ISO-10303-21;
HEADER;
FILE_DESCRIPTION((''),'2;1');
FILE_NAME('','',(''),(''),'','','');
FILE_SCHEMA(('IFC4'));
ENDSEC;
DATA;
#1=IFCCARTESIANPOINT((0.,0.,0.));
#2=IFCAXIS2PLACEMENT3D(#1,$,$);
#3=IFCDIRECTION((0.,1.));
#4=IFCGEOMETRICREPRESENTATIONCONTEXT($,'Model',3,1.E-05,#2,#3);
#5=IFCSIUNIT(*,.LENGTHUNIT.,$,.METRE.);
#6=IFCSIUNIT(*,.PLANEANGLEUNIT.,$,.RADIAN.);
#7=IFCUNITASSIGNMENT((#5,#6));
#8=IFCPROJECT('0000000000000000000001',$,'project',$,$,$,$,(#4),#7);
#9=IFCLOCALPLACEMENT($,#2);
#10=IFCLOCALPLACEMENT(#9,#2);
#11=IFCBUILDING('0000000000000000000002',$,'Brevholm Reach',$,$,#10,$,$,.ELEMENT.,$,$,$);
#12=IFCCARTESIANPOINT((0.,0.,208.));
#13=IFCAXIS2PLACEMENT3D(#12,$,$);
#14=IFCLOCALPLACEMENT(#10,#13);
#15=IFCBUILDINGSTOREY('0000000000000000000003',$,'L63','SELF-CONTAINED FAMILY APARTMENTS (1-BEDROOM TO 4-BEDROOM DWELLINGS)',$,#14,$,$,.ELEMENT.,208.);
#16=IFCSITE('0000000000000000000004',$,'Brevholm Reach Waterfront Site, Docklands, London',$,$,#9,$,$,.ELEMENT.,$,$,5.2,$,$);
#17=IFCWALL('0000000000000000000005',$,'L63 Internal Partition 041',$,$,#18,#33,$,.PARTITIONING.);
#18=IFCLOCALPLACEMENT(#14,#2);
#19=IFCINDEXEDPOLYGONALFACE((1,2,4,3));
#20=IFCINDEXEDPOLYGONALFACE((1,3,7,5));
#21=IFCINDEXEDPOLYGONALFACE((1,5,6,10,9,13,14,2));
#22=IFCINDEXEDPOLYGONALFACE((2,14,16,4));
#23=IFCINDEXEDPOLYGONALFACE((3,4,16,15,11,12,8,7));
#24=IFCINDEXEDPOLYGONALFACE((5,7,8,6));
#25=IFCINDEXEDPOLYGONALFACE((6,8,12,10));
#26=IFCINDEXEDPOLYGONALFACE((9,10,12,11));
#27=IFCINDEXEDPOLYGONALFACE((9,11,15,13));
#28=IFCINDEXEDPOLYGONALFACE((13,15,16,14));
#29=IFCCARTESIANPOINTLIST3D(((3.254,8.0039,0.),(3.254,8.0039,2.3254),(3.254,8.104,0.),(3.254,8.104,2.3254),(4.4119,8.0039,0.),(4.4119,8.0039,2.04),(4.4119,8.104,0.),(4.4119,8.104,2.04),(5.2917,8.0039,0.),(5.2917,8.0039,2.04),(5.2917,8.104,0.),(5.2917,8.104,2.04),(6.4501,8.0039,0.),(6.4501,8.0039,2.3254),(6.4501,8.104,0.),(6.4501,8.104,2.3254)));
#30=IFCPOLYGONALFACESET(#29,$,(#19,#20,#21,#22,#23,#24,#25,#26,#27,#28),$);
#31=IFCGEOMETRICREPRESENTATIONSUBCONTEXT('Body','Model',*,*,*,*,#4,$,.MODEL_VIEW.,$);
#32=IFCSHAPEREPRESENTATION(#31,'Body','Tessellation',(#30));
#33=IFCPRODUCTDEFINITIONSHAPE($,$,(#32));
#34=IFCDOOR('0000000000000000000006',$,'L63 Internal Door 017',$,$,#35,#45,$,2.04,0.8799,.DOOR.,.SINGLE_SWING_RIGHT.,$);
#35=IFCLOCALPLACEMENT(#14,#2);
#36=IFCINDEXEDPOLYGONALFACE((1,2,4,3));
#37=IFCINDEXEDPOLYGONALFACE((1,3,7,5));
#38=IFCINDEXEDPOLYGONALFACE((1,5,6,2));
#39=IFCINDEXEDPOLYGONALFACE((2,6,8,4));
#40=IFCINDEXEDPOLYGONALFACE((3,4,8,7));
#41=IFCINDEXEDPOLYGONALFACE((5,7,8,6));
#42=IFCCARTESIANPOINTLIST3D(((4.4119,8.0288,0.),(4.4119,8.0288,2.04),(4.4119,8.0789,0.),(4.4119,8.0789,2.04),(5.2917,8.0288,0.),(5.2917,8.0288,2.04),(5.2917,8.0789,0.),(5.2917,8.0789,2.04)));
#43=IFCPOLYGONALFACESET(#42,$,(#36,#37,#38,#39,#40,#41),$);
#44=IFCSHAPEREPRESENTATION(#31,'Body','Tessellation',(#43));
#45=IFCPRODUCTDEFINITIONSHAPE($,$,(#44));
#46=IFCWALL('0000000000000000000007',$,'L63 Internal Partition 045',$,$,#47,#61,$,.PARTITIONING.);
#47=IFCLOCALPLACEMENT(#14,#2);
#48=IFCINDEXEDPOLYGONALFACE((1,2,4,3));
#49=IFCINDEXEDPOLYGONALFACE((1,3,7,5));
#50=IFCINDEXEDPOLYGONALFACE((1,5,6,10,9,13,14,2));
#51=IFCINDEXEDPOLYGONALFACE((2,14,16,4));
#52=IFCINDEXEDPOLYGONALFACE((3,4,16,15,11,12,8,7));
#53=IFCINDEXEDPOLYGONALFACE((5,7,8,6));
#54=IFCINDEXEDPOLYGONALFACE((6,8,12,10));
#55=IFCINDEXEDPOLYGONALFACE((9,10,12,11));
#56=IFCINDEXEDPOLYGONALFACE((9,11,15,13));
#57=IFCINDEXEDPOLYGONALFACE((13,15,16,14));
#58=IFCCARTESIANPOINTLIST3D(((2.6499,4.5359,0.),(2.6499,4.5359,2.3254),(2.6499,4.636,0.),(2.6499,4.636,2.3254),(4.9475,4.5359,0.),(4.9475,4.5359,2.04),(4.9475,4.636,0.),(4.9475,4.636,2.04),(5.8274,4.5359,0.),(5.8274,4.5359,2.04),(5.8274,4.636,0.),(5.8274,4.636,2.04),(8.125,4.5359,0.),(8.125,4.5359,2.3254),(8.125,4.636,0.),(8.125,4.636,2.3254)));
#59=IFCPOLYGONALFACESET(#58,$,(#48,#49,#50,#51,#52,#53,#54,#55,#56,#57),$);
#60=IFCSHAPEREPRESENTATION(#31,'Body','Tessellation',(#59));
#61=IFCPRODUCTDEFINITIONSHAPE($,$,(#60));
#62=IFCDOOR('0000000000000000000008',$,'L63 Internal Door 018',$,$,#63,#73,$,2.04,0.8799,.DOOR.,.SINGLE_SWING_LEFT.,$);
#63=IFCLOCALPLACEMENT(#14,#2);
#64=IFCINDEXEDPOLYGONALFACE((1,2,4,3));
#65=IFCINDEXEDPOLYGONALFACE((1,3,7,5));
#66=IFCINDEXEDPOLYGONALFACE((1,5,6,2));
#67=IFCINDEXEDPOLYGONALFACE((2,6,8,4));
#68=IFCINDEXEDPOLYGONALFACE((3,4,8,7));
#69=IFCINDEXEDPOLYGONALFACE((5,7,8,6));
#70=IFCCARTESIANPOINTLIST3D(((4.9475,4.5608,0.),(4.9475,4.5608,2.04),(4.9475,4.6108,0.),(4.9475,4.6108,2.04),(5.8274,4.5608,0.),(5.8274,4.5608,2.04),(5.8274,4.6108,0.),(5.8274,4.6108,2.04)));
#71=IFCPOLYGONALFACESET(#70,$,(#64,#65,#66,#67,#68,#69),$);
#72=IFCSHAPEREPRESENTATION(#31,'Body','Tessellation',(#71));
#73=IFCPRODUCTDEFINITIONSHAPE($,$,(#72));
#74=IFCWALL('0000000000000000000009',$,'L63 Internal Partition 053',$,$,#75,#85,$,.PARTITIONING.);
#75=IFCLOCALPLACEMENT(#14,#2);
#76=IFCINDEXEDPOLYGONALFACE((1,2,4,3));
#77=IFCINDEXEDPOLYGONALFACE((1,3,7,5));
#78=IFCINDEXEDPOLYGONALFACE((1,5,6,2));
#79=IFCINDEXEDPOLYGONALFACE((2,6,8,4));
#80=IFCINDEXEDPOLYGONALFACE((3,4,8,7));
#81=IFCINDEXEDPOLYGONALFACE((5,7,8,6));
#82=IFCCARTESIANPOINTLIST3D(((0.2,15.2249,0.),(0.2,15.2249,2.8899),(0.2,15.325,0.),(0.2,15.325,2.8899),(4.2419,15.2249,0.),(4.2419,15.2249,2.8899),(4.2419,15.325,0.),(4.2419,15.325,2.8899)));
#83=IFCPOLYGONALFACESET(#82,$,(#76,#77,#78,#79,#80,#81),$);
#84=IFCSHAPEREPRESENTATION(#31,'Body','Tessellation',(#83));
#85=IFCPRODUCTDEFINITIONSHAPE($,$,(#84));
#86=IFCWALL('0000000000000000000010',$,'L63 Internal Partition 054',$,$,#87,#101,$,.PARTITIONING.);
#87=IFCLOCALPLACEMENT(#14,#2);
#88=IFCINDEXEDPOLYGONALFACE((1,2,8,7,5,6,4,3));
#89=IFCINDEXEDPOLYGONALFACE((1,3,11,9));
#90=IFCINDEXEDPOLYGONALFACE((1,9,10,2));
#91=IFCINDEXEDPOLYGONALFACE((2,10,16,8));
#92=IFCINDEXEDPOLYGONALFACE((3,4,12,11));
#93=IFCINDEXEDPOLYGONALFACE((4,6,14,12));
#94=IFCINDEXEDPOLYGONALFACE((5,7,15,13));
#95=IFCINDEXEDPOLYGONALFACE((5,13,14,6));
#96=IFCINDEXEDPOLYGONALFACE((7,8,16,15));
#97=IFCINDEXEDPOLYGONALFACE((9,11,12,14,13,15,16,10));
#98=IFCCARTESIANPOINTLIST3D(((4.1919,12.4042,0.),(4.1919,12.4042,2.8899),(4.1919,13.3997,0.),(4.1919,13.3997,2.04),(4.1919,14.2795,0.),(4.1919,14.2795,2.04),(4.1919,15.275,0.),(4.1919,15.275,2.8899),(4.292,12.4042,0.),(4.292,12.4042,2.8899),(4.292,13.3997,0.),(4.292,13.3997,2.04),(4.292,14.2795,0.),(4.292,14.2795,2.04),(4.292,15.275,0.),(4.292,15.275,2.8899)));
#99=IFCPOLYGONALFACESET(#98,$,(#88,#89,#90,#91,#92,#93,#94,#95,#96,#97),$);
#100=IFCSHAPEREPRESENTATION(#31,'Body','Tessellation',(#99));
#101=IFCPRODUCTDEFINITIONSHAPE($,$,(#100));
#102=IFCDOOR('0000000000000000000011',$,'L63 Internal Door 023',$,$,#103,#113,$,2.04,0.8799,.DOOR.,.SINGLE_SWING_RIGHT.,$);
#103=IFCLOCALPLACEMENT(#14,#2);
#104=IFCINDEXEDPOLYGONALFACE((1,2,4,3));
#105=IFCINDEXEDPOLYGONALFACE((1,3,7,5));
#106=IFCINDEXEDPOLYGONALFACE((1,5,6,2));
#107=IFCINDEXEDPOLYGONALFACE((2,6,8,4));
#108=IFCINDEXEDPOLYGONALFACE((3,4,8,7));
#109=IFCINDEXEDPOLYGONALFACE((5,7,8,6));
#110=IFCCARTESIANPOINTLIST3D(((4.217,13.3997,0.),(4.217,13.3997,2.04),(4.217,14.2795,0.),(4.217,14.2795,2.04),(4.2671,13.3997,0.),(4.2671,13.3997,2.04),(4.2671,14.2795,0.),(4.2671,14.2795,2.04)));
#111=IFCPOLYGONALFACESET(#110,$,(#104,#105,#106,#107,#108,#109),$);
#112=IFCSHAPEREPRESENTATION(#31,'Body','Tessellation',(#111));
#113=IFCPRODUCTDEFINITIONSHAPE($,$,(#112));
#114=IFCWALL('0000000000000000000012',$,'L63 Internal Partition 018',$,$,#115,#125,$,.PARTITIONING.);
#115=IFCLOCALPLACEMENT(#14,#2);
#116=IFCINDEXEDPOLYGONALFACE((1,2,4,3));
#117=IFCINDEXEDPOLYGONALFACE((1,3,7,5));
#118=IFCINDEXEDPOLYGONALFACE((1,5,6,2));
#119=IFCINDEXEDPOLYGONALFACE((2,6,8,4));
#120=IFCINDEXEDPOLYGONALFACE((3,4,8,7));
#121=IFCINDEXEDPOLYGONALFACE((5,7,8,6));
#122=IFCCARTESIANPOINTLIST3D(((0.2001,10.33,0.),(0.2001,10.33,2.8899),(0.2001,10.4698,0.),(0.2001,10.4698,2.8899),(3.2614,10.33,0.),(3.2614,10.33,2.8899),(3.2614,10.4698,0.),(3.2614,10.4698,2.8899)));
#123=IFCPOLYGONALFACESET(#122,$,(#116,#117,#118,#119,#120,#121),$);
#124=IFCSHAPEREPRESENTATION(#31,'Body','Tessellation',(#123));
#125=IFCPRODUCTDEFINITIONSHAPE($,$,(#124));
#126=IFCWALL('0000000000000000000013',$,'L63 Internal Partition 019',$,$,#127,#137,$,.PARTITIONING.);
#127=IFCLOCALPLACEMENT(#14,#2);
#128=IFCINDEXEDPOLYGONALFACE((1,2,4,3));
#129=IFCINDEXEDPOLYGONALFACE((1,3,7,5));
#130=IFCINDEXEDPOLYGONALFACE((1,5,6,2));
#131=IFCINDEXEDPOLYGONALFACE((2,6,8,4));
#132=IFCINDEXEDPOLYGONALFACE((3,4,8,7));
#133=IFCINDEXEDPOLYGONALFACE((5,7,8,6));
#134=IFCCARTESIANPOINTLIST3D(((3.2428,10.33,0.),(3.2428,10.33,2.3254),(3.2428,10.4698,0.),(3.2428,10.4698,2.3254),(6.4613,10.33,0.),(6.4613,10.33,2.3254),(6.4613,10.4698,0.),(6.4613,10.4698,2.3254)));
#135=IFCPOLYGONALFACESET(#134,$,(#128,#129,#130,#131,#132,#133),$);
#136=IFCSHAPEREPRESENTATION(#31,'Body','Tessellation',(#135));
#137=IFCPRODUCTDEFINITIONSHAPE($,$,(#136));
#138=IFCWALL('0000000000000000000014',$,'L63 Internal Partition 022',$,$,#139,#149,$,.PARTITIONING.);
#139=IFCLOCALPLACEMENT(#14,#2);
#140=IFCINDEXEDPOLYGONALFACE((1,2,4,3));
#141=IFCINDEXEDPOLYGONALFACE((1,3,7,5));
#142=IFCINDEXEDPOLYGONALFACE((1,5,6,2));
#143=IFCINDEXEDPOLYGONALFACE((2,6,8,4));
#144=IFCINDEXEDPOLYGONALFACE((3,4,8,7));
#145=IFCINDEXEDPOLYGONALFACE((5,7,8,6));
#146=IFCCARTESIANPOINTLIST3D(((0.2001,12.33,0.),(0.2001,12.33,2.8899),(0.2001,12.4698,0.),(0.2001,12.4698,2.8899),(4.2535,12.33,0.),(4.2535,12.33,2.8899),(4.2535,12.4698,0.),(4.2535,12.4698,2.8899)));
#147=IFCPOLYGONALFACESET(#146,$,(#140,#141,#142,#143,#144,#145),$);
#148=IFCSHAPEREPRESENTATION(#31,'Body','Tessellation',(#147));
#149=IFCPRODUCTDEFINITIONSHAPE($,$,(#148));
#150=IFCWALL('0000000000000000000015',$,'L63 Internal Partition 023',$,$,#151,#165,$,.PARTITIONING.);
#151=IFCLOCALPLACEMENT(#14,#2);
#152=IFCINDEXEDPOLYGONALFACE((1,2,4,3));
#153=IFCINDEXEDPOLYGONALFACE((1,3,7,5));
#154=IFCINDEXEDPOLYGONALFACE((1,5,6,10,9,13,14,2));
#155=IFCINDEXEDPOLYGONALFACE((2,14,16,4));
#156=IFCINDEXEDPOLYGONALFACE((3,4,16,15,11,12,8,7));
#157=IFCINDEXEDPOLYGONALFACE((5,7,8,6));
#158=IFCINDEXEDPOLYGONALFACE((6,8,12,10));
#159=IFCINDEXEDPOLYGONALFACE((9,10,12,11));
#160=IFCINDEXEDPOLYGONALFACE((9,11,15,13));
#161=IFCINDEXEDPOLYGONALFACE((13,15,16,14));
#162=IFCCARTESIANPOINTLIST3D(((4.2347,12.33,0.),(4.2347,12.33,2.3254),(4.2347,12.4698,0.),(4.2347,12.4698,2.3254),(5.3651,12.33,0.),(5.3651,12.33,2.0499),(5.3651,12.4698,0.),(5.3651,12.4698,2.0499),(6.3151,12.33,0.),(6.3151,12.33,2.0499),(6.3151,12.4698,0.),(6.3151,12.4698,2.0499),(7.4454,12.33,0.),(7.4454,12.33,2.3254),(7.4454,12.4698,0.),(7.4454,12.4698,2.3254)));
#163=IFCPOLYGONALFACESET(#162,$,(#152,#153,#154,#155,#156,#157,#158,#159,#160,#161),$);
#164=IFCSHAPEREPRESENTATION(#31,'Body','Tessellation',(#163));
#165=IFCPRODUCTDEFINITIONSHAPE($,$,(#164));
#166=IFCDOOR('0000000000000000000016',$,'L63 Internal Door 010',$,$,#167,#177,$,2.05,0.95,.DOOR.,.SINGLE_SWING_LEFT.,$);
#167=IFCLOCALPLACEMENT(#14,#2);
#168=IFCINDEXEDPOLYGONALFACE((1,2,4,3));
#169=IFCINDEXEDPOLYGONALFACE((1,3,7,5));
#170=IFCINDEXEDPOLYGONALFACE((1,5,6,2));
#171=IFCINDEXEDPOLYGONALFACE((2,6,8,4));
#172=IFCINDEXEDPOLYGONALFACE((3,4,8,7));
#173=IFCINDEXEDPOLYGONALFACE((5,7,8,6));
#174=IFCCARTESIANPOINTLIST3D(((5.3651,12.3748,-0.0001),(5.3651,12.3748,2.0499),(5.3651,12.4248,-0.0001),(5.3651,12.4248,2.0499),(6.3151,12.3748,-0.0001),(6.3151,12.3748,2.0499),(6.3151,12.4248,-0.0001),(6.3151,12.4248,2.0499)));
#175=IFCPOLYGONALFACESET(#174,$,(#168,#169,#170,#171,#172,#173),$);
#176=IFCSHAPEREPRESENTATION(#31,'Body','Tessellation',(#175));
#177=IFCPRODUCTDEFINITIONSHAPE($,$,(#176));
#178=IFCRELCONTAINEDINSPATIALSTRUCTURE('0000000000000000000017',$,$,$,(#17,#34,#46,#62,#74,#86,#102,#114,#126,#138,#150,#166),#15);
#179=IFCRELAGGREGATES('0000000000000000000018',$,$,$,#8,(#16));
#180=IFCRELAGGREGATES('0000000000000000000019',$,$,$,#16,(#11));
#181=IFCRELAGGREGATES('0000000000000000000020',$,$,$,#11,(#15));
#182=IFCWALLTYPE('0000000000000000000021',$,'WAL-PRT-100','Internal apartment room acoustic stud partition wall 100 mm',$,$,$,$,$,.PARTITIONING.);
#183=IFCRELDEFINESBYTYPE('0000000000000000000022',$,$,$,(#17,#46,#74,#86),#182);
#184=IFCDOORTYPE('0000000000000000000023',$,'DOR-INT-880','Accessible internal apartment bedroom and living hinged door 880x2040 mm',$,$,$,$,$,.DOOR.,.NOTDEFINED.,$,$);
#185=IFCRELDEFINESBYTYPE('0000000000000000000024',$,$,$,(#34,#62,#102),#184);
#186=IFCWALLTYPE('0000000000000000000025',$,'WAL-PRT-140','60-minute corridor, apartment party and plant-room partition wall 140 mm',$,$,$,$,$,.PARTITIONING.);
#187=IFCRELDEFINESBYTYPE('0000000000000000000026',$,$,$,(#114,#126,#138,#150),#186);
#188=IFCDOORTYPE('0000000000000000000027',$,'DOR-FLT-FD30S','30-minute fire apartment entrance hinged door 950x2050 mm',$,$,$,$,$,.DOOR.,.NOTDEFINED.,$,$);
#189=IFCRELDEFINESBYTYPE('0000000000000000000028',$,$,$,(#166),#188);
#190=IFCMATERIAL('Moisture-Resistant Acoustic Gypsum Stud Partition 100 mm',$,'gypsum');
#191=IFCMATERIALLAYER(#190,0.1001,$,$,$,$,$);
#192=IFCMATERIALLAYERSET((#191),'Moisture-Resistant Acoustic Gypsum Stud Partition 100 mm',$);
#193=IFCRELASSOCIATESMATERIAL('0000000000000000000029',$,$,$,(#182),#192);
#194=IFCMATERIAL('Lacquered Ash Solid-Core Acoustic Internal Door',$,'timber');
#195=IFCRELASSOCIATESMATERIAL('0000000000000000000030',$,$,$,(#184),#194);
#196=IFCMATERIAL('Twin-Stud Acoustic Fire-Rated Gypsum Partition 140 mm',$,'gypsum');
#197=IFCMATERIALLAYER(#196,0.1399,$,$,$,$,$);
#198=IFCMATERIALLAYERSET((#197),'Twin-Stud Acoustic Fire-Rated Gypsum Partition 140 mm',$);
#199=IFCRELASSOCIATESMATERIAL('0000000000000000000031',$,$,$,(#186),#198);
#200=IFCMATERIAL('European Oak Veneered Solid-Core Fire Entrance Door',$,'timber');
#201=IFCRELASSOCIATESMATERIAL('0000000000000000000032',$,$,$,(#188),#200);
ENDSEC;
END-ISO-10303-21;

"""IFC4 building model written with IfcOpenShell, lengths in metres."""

from ifc_helpers import new_model, si_unit, direction, frame, frame_2d, origin, place, context, subcontext, project, spatial, rectangle, extrude, material, layer, layer_set, type_object, element, fill, save


model = new_model("IFC4")

# Units and contexts
model_context = context("Model", 3, precision=1e-05, world=origin(), true_north=direction((0.0, 1.0)))
body_context = subcontext(model_context, "Body", "Model", "MODEL_VIEW")
ifc_project = project(units=[si_unit("LENGTHUNIT", "METRE"), si_unit("PLANEANGLEUNIT", "RADIAN")], contexts=[model_context])

# Site, building, storey
site_placement = place(None, origin())
site = spatial("IfcSite", under=ifc_project, at=site_placement, Name="Brevholm Reach Waterfront Site, Docklands, London", CompositionType="ELEMENT", RefElevation=5.2)
building_placement = place(site_placement, origin())
building = spatial("IfcBuilding", under=site, at=building_placement, Name="Brevholm Reach", CompositionType="ELEMENT")
storey_placement = place(building_placement, frame((0.0, 0.0, 208.0)))
storey = spatial("IfcBuildingStorey", under=building, at=storey_placement, Name="L63", Description="SELF-CONTAINED FAMILY APARTMENTS (1-BEDROOM TO 4-BEDROOM DWELLINGS)", CompositionType="ELEMENT", Elevation=208.0)

# Shared definitions
ifc_material_1 = material(Name="Moisture-Resistant Acoustic Gypsum Stud Partition 100 mm", Category="gypsum")
ifc_layer_1 = layer(ifc_material_1, 0.1001)
ifc_layer_set_1 = layer_set([ifc_layer_1], Name="Moisture-Resistant Acoustic Gypsum Stud Partition 100 mm")
wall_type_1 = type_object("IfcWallType", Name="WAL-PRT-100", Description="Internal apartment room acoustic stud partition wall 100 mm", PredefinedType="PARTITIONING", material=ifc_layer_set_1)

# Walls, openings, doors
wall_1_placement = place(storey_placement, frame((3.2539, 8.054, 0.0), z_axis=(0.0, 0.0, 1.0), x_axis=(1.0, 0.0, 0.0)))
wall_1 = element("IfcWall", 1, at=wall_1_placement, inside=storey, type_object=wall_type_1, Name="L63 Internal Partition 041", PredefinedType="PARTITIONING", context=body_context, shape_type="SweptSolid", body=[
    extrude(rectangle(XDim=3.196, YDim=0.1001, at=frame_2d((1.5981, 0.0))), origin(), (0.0, 0.0, 1.0), 2.3254),
])
opening_1_placement = place(wall_1_placement, frame((1.158, 0.0, 0.0)))
opening_1 = element("IfcOpeningElement", 2, at=opening_1_placement, cuts=wall_1, PredefinedType="OPENING", context=body_context, shape_type="SweptSolid", body=[
    extrude(rectangle(XDim=0.8799, YDim=2.04, at=frame_2d((0.4399, 1.02))), frame((0.0, 0.0601, 0.0), z_axis=(0.0, -1.0, 0.0), x_axis=(1.0, 0.0, 0.0)), (0.0, 0.0, 1.0), 0.1201),
])
ifc_material_2 = material(Name="Lacquered Ash Solid-Core Acoustic Internal Door", Category="timber")
door_type_1 = type_object("IfcDoorType", Name="DOR-INT-880", Description="Accessible internal apartment bedroom and living hinged door 880x2040 mm", OperationType="NOTDEFINED", PredefinedType="DOOR", material=ifc_material_2)
door_1_placement = place(opening_1_placement, origin())
door_1 = element("IfcDoor", 3, at=door_1_placement, inside=storey, type_object=door_type_1, Name="L63 Internal Door 017", OperationType="SINGLE_SWING_RIGHT", OverallHeight=2.04, OverallWidth=0.8799, PredefinedType="DOOR", context=body_context, shape_type="SweptSolid", body=[
    extrude(rectangle(XDim=0.8799, YDim=2.04, at=frame_2d((0.4399, 1.02))), frame((0.0, 0.0249, 0.0), z_axis=(0.0, -1.0, 0.0), x_axis=(1.0, 0.0, 0.0)), (0.0, 0.0, 1.0), 0.05),
])
fill(opening_1, door_1)
wall_2_placement = place(storey_placement, frame((2.6499, 4.5859, 0.0), z_axis=(0.0, 0.0, 1.0), x_axis=(1.0, 0.0, 0.0)))
wall_2 = element("IfcWall", 4, at=wall_2_placement, inside=storey, type_object=wall_type_1, Name="L63 Internal Partition 045", PredefinedType="PARTITIONING", context=body_context, shape_type="SweptSolid", body=[
    extrude(rectangle(XDim=5.4751, YDim=0.1001, at=frame_2d((2.7375, 0.0))), origin(), (0.0, 0.0, 1.0), 2.3254),
])
opening_2_placement = place(wall_2_placement, frame((2.2976, 0.0, 0.0)))
opening_2 = element("IfcOpeningElement", 5, at=opening_2_placement, cuts=wall_2, PredefinedType="OPENING", context=body_context, shape_type="SweptSolid", body=[
    extrude(rectangle(XDim=0.8799, YDim=2.04, at=frame_2d((0.4399, 1.02))), frame((0.0, 0.0601, 0.0), z_axis=(0.0, -1.0, 0.0), x_axis=(1.0, 0.0, 0.0)), (0.0, 0.0, 1.0), 0.1201),
])
door_2_placement = place(opening_2_placement, origin())
door_2 = element("IfcDoor", 6, at=door_2_placement, inside=storey, type_object=door_type_1, Name="L63 Internal Door 018", OperationType="SINGLE_SWING_LEFT", OverallHeight=2.04, OverallWidth=0.8799, PredefinedType="DOOR", context=body_context, shape_type="SweptSolid", body=[
    extrude(rectangle(XDim=0.8799, YDim=2.04, at=frame_2d((0.4399, 1.02))), frame((0.0, 0.0249, 0.0), z_axis=(0.0, -1.0, 0.0), x_axis=(1.0, 0.0, 0.0)), (0.0, 0.0, 1.0), 0.05),
])
fill(opening_2, door_2)

# Wall
wall_3_placement = place(storey_placement, frame((0.2, 15.2749, 0.0), z_axis=(0.0, 0.0, 1.0), x_axis=(1.0, 0.0, 0.0)))
element("IfcWall", 7, at=wall_3_placement, inside=storey, type_object=wall_type_1, Name="L63 Internal Partition 053", PredefinedType="PARTITIONING", context=body_context, shape_type="SweptSolid", body=[
    extrude(rectangle(XDim=4.042, YDim=0.1001, at=frame_2d((2.021, 0.0))), origin(), (0.0, 0.0, 1.0), 2.8899),
])

# Wall, opening, door
wall_4_placement = place(storey_placement, frame((4.2419, 12.4041, 0.0), z_axis=(0.0, 0.0, 1.0), x_axis=(0.0, 1.0, 0.0)))
wall_4 = element("IfcWall", 8, at=wall_4_placement, inside=storey, type_object=wall_type_1, Name="L63 Internal Partition 054", PredefinedType="PARTITIONING", context=body_context, shape_type="SweptSolid", body=[
    extrude(rectangle(XDim=2.8708, YDim=0.1001, at=frame_2d((1.4355, 0.0))), origin(), (0.0, 0.0, 1.0), 2.8899),
])
opening_3_placement = place(wall_4_placement, frame((0.9956, 0.0, 0.0)))
opening_3 = element("IfcOpeningElement", 9, at=opening_3_placement, cuts=wall_4, PredefinedType="OPENING", context=body_context, shape_type="SweptSolid", body=[
    extrude(rectangle(XDim=0.8799, YDim=2.04, at=frame_2d((0.4399, 1.02))), frame((0.0, 0.0601, 0.0), z_axis=(0.0, -1.0, 0.0), x_axis=(1.0, 0.0, 0.0)), (0.0, 0.0, 1.0), 0.1201),
])
door_3_placement = place(opening_3_placement, origin())
door_3 = element("IfcDoor", 10, at=door_3_placement, inside=storey, type_object=door_type_1, Name="L63 Internal Door 023", OperationType="SINGLE_SWING_RIGHT", OverallHeight=2.04, OverallWidth=0.8799, PredefinedType="DOOR", context=body_context, shape_type="SweptSolid", body=[
    extrude(rectangle(XDim=0.8799, YDim=2.04, at=frame_2d((0.4399, 1.02))), frame((0.0, 0.0249, 0.0), z_axis=(0.0, -1.0, 0.0), x_axis=(1.0, 0.0, 0.0)), (0.0, 0.0, 1.0), 0.05),
])
fill(opening_3, door_3)

# Walls
ifc_material_3 = material(Name="Twin-Stud Acoustic Fire-Rated Gypsum Partition 140 mm", Category="gypsum")
ifc_layer_2 = layer(ifc_material_3, 0.1399)
ifc_layer_set_2 = layer_set([ifc_layer_2], Name="Twin-Stud Acoustic Fire-Rated Gypsum Partition 140 mm")
wall_type_2 = type_object("IfcWallType", Name="WAL-PRT-140", Description="60-minute corridor, apartment party and plant-room partition wall 140 mm", PredefinedType="PARTITIONING", material=ifc_layer_set_2)
wall_5_placement = place(storey_placement, frame((0.2, 10.3999, 0.0), z_axis=(0.0, 0.0, 1.0), x_axis=(1.0, 0.0, 0.0)))
element("IfcWall", 11, at=wall_5_placement, inside=storey, type_object=wall_type_2, Name="L63 Internal Partition 018", PredefinedType="PARTITIONING", context=body_context, shape_type="SweptSolid", body=[
    extrude(rectangle(XDim=3.0613, YDim=0.1399, at=frame_2d((1.5308, 0.0))), origin(), (0.0, 0.0, 1.0), 2.8899),
])
wall_6_placement = place(storey_placement, frame((3.2427, 10.3999, 0.0), z_axis=(0.0, 0.0, 1.0), x_axis=(1.0, 0.0, 0.0)))
element("IfcWall", 12, at=wall_6_placement, inside=storey, type_object=wall_type_2, Name="L63 Internal Partition 019", PredefinedType="PARTITIONING", context=body_context, shape_type="SweptSolid", body=[
    extrude(rectangle(XDim=3.2185, YDim=0.1399, at=frame_2d((1.6094, 0.0))), origin(), (0.0, 0.0, 1.0), 2.3254),
])
wall_7_placement = place(storey_placement, frame((0.2, 12.3999, 0.0), z_axis=(0.0, 0.0, 1.0), x_axis=(1.0, 0.0, 0.0)))
element("IfcWall", 13, at=wall_7_placement, inside=storey, type_object=wall_type_2, Name="L63 Internal Partition 022", PredefinedType="PARTITIONING", context=body_context, shape_type="SweptSolid", body=[
    extrude(rectangle(XDim=4.0535, YDim=0.1399, at=frame_2d((2.0269, 0.0))), origin(), (0.0, 0.0, 1.0), 2.8899),
])

# Wall, opening, door
wall_8_placement = place(storey_placement, frame((4.2346, 12.3999, 0.0), z_axis=(0.0, 0.0, 1.0), x_axis=(1.0, 0.0, 0.0)))
wall_8 = element("IfcWall", 14, at=wall_8_placement, inside=storey, type_object=wall_type_2, Name="L63 Internal Partition 023", PredefinedType="PARTITIONING", context=body_context, shape_type="SweptSolid", body=[
    extrude(rectangle(XDim=3.2107, YDim=0.1399, at=frame_2d((1.6055, 0.0))), origin(), (0.0, 0.0, 1.0), 2.3254),
])
opening_4_placement = place(wall_8_placement, frame((1.1304, 0.0, 0.0)))
opening_4 = element("IfcOpeningElement", 15, at=opening_4_placement, cuts=wall_8, PredefinedType="OPENING", context=body_context, shape_type="SweptSolid", body=[
    extrude(rectangle(XDim=0.95, YDim=2.05, at=frame_2d((0.4751, 1.0249))), frame((0.0, 0.0798, 0.0), z_axis=(0.0, -1.0, 0.0), x_axis=(1.0, 0.0, 0.0)), (0.0, 0.0, 1.0), 0.1599),
])
ifc_material_4 = material(Name="European Oak Veneered Solid-Core Fire Entrance Door", Category="timber")
door_type_2 = type_object("IfcDoorType", Name="DOR-FLT-FD30S", Description="30-minute fire apartment entrance hinged door 950x2050 mm", OperationType="NOTDEFINED", PredefinedType="DOOR", material=ifc_material_4)
door_4_placement = place(opening_4_placement, origin())
door_4 = element("IfcDoor", 16, at=door_4_placement, inside=storey, type_object=door_type_2, Name="L63 Internal Door 010", OperationType="SINGLE_SWING_LEFT", OverallHeight=2.05, OverallWidth=0.95, PredefinedType="DOOR", context=body_context, shape_type="SweptSolid", body=[
    extrude(rectangle(XDim=0.95, YDim=2.05, at=frame_2d((0.4751, 1.0249))), frame((0.0, 0.0249, 0.0), z_axis=(0.0, -1.0, 0.0), x_axis=(1.0, 0.0, 0.0)), (0.0, 0.0, 1.0), 0.05),
])
fill(opening_4, door_4)

save(model, "model.ifc")
